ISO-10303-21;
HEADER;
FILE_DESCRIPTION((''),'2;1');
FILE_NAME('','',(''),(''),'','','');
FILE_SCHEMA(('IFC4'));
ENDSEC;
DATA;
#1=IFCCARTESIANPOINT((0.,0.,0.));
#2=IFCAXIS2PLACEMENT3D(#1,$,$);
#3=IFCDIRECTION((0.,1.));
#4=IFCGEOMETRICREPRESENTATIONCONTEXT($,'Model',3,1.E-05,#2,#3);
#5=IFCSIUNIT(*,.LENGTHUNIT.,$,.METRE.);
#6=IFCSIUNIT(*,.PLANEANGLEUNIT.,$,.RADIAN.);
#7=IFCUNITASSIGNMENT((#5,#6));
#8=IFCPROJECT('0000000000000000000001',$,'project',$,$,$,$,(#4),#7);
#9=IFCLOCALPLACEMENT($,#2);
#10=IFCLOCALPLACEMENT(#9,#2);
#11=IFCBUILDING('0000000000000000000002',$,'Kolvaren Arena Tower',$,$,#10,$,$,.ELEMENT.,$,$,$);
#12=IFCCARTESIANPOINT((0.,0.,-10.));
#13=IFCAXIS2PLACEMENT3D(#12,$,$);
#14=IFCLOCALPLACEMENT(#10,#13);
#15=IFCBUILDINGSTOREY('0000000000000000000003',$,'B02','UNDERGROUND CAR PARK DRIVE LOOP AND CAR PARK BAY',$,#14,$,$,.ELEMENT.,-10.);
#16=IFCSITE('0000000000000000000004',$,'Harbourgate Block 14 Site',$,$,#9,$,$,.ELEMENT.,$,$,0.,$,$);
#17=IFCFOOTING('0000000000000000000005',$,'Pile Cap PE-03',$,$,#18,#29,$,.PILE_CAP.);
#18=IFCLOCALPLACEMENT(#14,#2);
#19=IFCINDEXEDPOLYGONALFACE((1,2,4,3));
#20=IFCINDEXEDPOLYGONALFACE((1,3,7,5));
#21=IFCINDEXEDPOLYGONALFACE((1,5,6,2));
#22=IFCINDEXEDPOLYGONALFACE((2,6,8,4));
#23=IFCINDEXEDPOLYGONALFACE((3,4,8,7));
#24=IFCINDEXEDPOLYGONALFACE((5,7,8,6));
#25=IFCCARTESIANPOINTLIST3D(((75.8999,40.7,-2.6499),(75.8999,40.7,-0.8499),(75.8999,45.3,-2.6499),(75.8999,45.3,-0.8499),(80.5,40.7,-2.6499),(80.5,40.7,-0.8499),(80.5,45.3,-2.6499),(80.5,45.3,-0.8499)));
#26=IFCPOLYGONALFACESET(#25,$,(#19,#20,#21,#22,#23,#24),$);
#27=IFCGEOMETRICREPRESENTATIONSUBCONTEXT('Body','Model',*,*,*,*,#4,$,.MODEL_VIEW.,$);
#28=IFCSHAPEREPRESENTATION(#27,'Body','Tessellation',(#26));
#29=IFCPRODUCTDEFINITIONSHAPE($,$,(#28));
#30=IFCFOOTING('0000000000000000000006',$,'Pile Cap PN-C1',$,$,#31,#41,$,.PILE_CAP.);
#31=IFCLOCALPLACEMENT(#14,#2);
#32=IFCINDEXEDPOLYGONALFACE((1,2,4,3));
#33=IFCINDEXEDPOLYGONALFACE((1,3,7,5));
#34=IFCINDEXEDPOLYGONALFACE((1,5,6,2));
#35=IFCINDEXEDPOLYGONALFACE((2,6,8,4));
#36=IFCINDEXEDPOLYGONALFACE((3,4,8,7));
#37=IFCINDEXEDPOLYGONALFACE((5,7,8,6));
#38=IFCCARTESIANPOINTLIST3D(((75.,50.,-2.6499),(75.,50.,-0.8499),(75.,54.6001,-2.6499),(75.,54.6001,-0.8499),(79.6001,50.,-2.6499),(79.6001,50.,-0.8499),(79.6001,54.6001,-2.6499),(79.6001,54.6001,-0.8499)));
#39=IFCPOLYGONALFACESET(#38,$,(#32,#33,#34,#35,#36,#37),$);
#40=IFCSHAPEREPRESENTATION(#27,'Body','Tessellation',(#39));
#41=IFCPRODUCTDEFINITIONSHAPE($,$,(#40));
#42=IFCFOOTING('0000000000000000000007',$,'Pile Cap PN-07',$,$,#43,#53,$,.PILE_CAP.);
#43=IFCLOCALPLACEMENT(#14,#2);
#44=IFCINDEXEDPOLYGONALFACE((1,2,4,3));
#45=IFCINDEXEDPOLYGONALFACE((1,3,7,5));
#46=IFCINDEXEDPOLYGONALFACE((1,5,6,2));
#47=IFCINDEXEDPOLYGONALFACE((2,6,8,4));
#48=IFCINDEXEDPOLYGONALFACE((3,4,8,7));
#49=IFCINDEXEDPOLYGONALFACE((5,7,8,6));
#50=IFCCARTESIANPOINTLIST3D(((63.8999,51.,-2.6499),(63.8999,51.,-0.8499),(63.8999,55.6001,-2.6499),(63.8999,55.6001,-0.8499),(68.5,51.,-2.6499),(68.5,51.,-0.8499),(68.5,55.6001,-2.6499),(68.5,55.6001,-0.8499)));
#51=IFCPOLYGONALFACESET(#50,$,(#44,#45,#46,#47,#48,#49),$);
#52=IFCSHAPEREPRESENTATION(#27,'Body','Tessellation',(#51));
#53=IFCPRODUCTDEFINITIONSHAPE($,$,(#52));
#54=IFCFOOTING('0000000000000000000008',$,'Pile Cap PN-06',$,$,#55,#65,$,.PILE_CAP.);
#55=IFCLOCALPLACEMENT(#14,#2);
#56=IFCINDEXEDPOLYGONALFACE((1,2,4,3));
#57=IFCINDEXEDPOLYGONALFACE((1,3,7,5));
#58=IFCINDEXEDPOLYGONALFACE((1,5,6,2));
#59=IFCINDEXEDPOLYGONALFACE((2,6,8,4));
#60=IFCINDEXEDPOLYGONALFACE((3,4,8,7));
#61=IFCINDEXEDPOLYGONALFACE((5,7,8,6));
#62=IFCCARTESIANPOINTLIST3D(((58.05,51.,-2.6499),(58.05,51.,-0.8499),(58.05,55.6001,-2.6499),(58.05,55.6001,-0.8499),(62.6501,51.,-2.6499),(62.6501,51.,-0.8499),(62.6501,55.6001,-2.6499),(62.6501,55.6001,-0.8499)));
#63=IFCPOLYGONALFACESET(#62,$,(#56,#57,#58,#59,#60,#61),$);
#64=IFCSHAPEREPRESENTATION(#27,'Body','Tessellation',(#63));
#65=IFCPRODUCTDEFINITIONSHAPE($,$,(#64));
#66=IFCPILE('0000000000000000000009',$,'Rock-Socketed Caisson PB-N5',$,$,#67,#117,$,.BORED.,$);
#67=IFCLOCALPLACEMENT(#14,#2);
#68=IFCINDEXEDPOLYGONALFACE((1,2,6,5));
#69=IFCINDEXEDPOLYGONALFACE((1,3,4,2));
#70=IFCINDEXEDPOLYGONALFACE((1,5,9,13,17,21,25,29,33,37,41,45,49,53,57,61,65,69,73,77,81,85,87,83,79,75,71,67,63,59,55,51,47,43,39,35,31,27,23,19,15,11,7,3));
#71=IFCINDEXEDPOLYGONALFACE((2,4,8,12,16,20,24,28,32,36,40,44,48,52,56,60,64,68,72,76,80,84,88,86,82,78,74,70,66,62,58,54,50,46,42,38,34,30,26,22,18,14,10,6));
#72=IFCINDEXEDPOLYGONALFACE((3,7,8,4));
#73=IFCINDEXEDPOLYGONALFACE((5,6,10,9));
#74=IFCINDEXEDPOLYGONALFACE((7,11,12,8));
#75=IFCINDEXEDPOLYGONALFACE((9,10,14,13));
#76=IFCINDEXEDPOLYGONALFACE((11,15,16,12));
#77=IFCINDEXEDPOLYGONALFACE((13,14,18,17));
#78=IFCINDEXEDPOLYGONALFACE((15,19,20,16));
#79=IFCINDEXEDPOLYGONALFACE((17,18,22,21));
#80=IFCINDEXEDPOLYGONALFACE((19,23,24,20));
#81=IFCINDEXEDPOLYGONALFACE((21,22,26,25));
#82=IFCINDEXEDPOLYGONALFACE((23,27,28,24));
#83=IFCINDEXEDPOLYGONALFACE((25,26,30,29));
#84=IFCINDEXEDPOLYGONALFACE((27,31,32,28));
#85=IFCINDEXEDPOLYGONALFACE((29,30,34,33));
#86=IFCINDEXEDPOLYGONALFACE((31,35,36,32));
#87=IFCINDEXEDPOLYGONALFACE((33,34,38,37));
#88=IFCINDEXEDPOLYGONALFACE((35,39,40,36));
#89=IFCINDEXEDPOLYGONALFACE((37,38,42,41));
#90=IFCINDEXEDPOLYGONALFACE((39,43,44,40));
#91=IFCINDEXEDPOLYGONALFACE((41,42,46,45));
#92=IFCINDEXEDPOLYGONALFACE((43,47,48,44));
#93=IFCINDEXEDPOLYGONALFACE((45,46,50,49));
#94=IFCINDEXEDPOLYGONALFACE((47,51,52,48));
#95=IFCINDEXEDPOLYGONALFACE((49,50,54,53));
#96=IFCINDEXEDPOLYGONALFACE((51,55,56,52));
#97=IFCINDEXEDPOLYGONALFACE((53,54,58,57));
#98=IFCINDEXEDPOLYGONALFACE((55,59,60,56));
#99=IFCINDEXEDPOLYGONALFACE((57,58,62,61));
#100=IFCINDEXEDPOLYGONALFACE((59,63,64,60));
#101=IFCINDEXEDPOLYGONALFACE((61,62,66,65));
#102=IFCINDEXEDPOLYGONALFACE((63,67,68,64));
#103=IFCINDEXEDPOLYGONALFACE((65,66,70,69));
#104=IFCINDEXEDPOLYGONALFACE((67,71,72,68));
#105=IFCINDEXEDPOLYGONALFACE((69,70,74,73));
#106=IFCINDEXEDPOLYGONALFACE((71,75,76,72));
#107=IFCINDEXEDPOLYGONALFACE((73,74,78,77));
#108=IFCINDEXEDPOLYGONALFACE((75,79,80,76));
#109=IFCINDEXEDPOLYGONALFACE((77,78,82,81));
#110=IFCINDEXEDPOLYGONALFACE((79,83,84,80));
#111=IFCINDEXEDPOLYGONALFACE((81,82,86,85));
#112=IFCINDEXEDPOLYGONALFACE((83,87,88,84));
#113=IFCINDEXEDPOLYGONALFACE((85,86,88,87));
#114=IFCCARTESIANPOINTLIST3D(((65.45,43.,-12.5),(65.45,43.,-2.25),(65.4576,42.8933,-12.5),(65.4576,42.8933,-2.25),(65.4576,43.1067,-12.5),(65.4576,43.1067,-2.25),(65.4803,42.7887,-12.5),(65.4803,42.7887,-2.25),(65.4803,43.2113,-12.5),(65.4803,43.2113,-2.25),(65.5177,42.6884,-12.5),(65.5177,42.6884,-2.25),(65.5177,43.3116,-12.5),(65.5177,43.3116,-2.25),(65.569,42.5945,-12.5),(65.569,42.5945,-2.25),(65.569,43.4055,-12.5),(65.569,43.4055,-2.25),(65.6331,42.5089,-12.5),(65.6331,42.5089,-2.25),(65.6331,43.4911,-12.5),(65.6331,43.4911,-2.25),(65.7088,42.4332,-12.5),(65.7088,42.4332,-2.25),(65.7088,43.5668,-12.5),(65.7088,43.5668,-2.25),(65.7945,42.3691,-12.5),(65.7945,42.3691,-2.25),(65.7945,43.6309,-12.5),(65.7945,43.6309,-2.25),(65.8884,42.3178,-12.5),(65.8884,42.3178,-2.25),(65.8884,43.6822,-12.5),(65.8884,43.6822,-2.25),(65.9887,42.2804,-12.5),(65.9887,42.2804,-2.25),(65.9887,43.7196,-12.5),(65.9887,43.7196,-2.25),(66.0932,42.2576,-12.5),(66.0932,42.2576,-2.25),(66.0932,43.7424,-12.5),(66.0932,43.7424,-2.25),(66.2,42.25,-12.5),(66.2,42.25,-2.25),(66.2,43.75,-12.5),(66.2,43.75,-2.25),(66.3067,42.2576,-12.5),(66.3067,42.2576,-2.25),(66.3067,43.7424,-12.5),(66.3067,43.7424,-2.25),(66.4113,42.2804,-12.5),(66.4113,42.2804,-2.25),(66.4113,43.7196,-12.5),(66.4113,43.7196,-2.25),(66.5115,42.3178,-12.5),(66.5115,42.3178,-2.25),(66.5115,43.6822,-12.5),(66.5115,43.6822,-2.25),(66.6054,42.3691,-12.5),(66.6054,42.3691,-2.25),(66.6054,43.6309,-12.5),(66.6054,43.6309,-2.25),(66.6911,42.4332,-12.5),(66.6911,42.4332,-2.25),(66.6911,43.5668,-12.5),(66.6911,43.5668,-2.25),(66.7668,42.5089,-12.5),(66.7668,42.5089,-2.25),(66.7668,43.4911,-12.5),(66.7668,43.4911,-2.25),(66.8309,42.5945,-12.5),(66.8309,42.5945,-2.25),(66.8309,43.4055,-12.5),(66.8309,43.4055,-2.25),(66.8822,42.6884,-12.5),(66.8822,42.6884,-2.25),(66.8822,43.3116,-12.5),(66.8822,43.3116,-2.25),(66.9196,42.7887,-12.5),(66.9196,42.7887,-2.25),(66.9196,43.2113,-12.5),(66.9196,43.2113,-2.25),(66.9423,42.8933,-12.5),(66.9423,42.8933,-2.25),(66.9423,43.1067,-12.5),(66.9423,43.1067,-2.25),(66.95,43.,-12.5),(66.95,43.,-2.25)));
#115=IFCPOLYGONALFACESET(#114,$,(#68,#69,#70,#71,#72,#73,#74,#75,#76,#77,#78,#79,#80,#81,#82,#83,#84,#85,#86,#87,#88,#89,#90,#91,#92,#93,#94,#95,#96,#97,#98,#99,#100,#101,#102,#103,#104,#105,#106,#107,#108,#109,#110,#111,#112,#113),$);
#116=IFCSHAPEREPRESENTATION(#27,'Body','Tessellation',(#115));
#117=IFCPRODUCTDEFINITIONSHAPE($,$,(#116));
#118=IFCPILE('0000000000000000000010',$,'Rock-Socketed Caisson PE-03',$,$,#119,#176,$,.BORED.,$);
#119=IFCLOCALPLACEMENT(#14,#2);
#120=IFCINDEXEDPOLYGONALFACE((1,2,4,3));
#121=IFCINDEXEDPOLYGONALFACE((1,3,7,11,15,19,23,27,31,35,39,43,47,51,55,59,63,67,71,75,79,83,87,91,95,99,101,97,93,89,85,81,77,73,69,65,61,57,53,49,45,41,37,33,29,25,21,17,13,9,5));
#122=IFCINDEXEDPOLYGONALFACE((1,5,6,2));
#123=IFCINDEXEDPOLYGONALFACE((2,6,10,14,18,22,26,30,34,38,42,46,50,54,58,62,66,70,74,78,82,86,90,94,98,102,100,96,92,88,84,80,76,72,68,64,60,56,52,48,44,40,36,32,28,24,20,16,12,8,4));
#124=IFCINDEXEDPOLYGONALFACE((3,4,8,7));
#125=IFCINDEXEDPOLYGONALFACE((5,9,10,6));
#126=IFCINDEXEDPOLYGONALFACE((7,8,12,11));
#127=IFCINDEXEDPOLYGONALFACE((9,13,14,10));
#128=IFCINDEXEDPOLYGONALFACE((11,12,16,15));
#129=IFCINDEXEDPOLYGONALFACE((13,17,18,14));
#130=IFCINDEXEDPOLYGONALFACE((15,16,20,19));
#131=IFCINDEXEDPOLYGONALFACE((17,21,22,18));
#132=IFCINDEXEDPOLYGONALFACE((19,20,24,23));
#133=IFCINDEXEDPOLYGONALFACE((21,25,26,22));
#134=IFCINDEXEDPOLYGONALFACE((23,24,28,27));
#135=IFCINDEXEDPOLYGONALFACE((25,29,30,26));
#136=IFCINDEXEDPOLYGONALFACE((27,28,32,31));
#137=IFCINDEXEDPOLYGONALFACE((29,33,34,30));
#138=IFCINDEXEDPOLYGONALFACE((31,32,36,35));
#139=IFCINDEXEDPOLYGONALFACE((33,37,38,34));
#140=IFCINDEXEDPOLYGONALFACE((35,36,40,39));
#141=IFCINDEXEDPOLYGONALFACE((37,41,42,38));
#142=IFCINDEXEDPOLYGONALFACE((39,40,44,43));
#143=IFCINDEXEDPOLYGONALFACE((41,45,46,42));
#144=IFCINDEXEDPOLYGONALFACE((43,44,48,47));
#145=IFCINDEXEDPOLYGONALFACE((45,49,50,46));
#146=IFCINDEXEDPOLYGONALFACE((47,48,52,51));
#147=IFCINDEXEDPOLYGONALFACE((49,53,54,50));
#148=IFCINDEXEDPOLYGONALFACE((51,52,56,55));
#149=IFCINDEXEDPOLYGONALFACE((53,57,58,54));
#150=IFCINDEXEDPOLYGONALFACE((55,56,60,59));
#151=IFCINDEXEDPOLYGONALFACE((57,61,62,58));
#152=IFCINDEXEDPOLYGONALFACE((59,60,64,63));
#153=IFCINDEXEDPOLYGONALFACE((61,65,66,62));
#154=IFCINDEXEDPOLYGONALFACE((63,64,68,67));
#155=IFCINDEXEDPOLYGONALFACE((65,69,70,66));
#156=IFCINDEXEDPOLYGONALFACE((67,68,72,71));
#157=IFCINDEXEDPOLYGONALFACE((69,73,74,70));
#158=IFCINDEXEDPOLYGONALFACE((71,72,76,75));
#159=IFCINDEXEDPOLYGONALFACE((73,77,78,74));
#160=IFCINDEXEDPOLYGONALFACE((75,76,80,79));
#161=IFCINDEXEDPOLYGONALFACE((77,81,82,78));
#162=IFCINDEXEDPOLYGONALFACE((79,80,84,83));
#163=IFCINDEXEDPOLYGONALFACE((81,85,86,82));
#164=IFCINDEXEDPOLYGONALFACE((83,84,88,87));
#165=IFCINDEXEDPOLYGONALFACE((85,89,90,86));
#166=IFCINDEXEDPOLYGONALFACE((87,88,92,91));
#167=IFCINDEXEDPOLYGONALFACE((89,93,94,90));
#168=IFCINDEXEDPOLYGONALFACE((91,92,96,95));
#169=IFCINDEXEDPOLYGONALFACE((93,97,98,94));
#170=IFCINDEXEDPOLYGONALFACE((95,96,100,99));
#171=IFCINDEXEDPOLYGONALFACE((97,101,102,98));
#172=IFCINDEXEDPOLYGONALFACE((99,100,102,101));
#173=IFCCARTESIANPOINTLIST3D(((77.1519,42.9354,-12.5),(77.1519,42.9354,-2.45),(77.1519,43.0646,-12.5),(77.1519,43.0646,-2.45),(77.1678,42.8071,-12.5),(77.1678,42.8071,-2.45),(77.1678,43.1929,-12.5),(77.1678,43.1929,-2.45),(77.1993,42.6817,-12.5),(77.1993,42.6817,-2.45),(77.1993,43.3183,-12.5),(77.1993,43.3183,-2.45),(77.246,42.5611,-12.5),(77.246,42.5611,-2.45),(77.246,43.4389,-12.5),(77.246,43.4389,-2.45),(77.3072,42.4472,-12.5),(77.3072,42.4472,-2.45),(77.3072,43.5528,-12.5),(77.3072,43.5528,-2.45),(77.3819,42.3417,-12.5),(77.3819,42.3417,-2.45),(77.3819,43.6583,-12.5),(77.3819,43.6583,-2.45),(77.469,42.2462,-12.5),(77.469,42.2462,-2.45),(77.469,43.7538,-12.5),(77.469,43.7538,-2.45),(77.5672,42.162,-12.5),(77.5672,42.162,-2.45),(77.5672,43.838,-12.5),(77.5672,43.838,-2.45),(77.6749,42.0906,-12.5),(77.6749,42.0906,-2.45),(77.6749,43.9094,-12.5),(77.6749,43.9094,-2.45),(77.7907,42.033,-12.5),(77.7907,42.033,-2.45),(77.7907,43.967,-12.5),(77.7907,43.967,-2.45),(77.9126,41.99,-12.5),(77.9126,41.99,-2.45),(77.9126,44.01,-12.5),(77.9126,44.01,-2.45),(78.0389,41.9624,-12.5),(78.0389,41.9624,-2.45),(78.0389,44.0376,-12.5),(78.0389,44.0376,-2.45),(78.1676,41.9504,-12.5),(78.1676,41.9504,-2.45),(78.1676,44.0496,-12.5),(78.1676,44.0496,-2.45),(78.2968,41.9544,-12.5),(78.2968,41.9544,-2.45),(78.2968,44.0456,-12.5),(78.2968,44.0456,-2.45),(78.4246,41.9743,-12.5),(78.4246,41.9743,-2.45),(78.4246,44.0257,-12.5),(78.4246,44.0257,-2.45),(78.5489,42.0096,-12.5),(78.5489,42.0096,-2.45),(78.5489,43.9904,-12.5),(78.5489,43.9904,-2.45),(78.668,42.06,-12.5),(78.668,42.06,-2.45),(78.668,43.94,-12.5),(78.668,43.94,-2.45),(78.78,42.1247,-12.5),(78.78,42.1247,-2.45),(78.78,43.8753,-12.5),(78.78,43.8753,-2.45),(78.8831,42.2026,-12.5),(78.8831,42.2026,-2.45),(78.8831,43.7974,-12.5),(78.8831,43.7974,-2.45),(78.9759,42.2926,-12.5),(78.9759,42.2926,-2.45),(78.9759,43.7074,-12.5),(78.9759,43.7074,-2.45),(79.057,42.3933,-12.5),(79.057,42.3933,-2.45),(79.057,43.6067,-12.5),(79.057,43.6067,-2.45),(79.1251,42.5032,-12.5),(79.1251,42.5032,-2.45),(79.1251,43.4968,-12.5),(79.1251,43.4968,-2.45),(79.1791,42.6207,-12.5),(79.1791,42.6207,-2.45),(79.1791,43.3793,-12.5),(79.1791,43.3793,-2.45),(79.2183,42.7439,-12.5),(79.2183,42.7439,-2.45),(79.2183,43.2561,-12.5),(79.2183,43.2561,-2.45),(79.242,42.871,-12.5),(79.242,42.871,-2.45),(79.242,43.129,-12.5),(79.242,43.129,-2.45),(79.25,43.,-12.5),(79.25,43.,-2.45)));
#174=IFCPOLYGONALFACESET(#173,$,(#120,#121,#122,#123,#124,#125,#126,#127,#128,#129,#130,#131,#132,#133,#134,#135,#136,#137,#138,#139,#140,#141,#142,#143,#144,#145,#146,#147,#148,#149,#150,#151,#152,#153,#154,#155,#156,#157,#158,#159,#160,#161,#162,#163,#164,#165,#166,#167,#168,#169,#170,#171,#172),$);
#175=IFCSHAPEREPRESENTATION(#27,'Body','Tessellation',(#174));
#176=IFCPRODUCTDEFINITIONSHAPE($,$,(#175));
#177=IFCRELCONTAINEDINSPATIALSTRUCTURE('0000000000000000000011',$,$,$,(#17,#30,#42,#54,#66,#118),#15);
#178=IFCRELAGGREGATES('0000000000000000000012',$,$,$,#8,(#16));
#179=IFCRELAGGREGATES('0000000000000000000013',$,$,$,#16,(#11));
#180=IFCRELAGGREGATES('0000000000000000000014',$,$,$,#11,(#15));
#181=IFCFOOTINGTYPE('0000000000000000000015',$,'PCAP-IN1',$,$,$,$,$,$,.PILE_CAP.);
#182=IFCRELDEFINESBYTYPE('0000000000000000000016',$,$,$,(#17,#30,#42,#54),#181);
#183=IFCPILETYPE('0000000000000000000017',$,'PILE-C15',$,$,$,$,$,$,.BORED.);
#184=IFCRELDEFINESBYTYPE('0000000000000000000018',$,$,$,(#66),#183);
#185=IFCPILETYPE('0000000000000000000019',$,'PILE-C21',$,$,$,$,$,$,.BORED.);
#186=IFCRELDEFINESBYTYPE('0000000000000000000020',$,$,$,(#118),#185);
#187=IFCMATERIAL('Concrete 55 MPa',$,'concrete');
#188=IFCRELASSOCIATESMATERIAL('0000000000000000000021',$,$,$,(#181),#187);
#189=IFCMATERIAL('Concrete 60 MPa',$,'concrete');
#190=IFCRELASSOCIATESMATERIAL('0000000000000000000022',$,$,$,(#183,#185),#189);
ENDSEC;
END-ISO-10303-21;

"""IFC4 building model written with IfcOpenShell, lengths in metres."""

from ifc_helpers import new_model, si_unit, direction, frame, origin, origin_2d, place, context, subcontext, project, spatial, rectangle, circle, extrude, material, material_profile, profile_set, type_object, element, save


model = new_model("IFC4")

# Units and contexts
model_context = context("Model", 3, precision=1e-05, world=origin(), true_north=direction((0.0, 1.0)))
body_context = subcontext(model_context, "Body", "Model", "MODEL_VIEW")
ifc_project = project(units=[si_unit("LENGTHUNIT", "METRE"), si_unit("PLANEANGLEUNIT", "RADIAN")], contexts=[model_context])

# Site, building, storey
site_placement = place(None, origin())
site = spatial("IfcSite", under=ifc_project, at=site_placement, Name="Harbourgate Block 14 Site", CompositionType="ELEMENT", RefElevation=0.0)
building_placement = place(site_placement, origin())
building = spatial("IfcBuilding", under=site, at=building_placement, Name="Kolvaren Arena Tower", CompositionType="ELEMENT")
storey_placement = place(building_placement, frame((0.0, 0.0, -10.0)))
storey = spatial("IfcBuildingStorey", under=building, at=storey_placement, Name="B02", Description="UNDERGROUND CAR PARK DRIVE LOOP AND CAR PARK BAY", CompositionType="ELEMENT", Elevation=-10.0)

# Footings
ifc_material_1 = material(Name="Concrete 55 MPa", Category="concrete")
footing_type = type_object("IfcFootingType", Name="PCAP-IN1", PredefinedType="PILE_CAP", material=ifc_material_1)
for number, where, z_axis, x_axis, name in (
    (1, (78.2, 43.0, -2.6499), (0.0, 0.0, 1.0), (1.0, 0.0, 0.0), "Pile Cap PE-03"),
    (2, (77.3, 52.3, -2.6499), (0.0, 0.0, 1.0), (1.0, 0.0, 0.0), "Pile Cap PN-C1"),
    (3, (66.2, 53.3, -2.6499), (0.0, 0.0, 1.0), (1.0, 0.0, 0.0), "Pile Cap PN-07"),
    (4, (60.3501, 53.3, -2.6499), (0.0, 0.0, 1.0), (1.0, 0.0, 0.0), "Pile Cap PN-06"),
):
    element("IfcFooting", number, at=place(storey_placement, frame(where, z_axis=z_axis, x_axis=x_axis)), inside=storey, type_object=footing_type, Name=name, PredefinedType="PILE_CAP", context=body_context, shape_type="SweptSolid", body=[
        extrude(rectangle(XDim=4.6001, YDim=4.6001, at=origin_2d()), origin(), (0.0, 0.0, 1.0), 1.8),
    ])

# Piles
ifc_material_2 = material(Name="Concrete 60 MPa", Category="concrete")
ifc_material_profile_1 = material_profile(ifc_material_2, circle(Radius=0.75, at=origin_2d()), Name="CAISSON-D1500")
ifc_profile_set_1 = profile_set([ifc_material_profile_1], Name="Concrete 60 MPa")
pile_type_1 = type_object("IfcPileType", Name="PILE-C15", PredefinedType="BORED", material=ifc_profile_set_1)
pile_placement = place(storey_placement, frame((66.2, 43.0, -2.25), z_axis=(0.0, 0.0, -1.0), x_axis=(1.0, 0.0, 0.0)))
element("IfcPile", 5, at=pile_placement, inside=storey, type_object=pile_type_1, Name="Rock-Socketed Caisson PB-N5", PredefinedType="BORED", context=body_context, shape_type="SweptSolid", body=[
    extrude(circle(Radius=0.75, at=origin_2d()), origin(), (0.0, 0.0, 1.0), 10.25),
])
ifc_material_profile_2 = material_profile(ifc_material_2, circle(Radius=1.05, at=origin_2d()), Name="CAISSON-D2100")
ifc_profile_set_2 = profile_set([ifc_material_profile_2], Name="Concrete 60 MPa")
pile_type_2 = type_object("IfcPileType", Name="PILE-C21", PredefinedType="BORED", material=ifc_profile_set_2)
for number, where, z_axis, x_axis, name in (
    (6, (78.2, 43.0, -2.45), (0.0, 0.0, -1.0), (1.0, 0.0, 0.0), "Rock-Socketed Caisson PE-03"),
):
    element("IfcPile", number, at=place(storey_placement, frame(where, z_axis=z_axis, x_axis=x_axis)), inside=storey, type_object=pile_type_2, Name=name, PredefinedType="BORED", context=body_context, shape_type="SweptSolid", body=[
        extrude(circle(Radius=1.05, at=origin_2d()), origin(), (0.0, 0.0, 1.0), 10.05),
    ])

save(model, "model.ifc")
